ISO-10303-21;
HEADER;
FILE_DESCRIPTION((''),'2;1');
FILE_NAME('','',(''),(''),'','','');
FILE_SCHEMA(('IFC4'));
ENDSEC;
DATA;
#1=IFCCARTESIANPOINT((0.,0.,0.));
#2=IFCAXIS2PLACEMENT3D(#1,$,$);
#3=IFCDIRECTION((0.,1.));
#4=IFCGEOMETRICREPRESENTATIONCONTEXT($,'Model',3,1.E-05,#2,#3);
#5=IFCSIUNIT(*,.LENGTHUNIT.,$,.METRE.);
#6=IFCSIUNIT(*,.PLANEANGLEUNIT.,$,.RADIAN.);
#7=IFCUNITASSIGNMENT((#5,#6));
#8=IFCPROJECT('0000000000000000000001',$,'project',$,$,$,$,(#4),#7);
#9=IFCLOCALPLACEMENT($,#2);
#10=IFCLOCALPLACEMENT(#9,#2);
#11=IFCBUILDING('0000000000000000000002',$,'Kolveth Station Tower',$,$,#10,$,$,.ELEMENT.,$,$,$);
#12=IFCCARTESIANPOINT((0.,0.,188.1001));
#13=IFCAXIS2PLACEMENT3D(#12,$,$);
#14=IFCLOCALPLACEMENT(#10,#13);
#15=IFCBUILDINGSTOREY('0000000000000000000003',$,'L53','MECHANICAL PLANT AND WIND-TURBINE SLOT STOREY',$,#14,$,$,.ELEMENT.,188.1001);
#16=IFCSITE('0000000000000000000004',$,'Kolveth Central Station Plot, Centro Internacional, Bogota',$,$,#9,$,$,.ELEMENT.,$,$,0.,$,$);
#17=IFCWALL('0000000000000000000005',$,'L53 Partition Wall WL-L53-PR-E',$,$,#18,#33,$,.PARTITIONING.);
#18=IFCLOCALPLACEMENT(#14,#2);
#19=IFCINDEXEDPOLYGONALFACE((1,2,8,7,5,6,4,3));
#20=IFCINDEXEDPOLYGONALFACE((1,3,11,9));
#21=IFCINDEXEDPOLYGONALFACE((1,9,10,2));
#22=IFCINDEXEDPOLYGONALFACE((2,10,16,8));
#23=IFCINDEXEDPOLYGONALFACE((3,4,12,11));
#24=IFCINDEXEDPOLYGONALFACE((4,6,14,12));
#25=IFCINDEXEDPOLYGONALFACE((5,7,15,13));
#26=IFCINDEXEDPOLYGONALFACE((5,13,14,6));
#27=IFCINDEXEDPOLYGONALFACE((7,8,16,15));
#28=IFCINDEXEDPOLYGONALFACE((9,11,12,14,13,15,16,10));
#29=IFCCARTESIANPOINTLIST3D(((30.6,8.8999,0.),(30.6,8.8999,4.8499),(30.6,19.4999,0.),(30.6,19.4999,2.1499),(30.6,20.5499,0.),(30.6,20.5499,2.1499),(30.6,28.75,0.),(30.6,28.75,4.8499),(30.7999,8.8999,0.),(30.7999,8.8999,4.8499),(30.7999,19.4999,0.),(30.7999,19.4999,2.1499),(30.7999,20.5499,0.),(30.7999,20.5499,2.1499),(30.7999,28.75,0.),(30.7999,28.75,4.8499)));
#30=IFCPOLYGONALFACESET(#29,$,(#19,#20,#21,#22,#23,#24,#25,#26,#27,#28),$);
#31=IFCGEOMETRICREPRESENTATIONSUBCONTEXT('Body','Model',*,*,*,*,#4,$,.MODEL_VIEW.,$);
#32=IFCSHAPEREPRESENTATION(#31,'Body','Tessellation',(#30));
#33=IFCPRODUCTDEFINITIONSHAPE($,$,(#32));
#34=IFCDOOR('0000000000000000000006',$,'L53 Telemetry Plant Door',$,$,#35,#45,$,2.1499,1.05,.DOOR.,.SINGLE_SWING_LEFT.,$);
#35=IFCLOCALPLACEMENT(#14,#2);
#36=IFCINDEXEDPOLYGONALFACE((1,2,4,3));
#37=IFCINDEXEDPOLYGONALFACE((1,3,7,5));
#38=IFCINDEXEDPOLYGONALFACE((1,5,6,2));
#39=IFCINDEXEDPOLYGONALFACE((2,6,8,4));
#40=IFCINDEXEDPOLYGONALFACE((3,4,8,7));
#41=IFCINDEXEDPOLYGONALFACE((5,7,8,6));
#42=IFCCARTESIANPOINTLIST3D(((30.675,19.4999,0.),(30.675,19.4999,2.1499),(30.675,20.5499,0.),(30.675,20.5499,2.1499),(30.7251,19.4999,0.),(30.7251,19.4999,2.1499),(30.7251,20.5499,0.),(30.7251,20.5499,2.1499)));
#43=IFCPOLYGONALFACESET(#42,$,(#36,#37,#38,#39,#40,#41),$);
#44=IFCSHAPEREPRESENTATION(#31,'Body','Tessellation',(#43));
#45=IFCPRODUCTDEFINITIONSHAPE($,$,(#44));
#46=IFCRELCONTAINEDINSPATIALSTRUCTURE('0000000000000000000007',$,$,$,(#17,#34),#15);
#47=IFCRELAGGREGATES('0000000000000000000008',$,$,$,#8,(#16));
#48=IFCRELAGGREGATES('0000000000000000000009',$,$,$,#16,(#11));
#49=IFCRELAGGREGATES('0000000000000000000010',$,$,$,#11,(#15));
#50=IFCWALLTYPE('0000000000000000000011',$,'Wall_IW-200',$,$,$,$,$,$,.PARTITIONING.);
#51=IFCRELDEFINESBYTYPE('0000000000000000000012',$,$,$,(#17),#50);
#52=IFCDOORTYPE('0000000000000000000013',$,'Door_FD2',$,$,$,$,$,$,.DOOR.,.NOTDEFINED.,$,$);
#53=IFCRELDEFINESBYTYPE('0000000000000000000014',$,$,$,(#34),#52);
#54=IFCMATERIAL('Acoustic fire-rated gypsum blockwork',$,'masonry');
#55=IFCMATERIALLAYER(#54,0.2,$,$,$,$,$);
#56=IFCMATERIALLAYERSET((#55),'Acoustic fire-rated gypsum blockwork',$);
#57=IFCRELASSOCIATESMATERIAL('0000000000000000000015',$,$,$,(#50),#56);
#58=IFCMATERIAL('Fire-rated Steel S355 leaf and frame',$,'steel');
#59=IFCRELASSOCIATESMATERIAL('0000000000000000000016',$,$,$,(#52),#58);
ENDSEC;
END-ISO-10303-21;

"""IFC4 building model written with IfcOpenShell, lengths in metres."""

from ifc_helpers import new_model, si_unit, direction, frame, frame_2d, origin, place, context, subcontext, project, spatial, rectangle, extrude, material, layer, layer_set, type_object, element, fill, save


model = new_model("IFC4")

# Units and contexts
model_context = context("Model", 3, precision=1e-05, world=origin(), true_north=direction((0.0, 1.0)))
body_context = subcontext(model_context, "Body", "Model", "MODEL_VIEW")
ifc_project = project(units=[si_unit("LENGTHUNIT", "METRE"), si_unit("PLANEANGLEUNIT", "RADIAN")], contexts=[model_context])

# Site, building, storey
site_placement = place(None, origin())
site = spatial("IfcSite", under=ifc_project, at=site_placement, Name="Kolveth Central Station Plot, Centro Internacional, Bogota", CompositionType="ELEMENT", RefElevation=0.0)
building_placement = place(site_placement, origin())
building = spatial("IfcBuilding", under=site, at=building_placement, Name="Kolveth Station Tower", CompositionType="ELEMENT")
storey_placement = place(building_placement, frame((0.0, 0.0, 188.1001)))
storey = spatial("IfcBuildingStorey", under=building, at=storey_placement, Name="L53", Description="MECHANICAL PLANT AND WIND-TURBINE SLOT STOREY", CompositionType="ELEMENT", Elevation=188.1001)

# Shared definitions
ifc_material_1 = material(Name="Fire-rated Steel S355 leaf and frame", Category="steel")

# Shared definitions
ifc_material_2 = material(Name="Acoustic fire-rated gypsum blockwork", Category="masonry")
ifc_layer_1 = layer(ifc_material_2, 0.2)
ifc_layer_set_1 = layer_set([ifc_layer_1], Name="Acoustic fire-rated gypsum blockwork")
wall_type_1 = type_object("IfcWallType", Name="Wall_IW-200", PredefinedType="PARTITIONING", material=ifc_layer_set_1)

# Wall, opening, door
wall_1_placement = place(storey_placement, frame((30.7, 8.8999, 0.0), z_axis=(0.0, 0.0, 1.0), x_axis=(0.0, 1.0, 0.0)))
wall_1 = element("IfcWall", 1, at=wall_1_placement, inside=storey, type_object=wall_type_1, Name="L53 Partition Wall WL-L53-PR-E", PredefinedType="PARTITIONING", context=body_context, shape_type="SweptSolid", body=[
    extrude(rectangle(XDim=19.8501, YDim=0.2, at=frame_2d((9.925, 0.0))), origin(), (0.0, 0.0, 1.0), 4.8499),
])
opening_1_placement = place(wall_1_placement, frame((10.6001, 0.0, 0.0)))
opening_1 = element("IfcOpeningElement", 2, at=opening_1_placement, cuts=wall_1, PredefinedType="OPENING", context=body_context, shape_type="SweptSolid", body=[
    extrude(rectangle(XDim=1.05, YDim=2.1499, at=frame_2d((0.5249, 1.075))), frame((0.0, 0.1099, 0.0), z_axis=(0.0, -1.0, 0.0), x_axis=(1.0, 0.0, 0.0)), (0.0, 0.0, 1.0), 0.22),
])
door_type_1 = type_object("IfcDoorType", Name="Door_FD2", OperationType="NOTDEFINED", PredefinedType="DOOR", material=ifc_material_1)
door_1_placement = place(opening_1_placement, origin())
door_1 = element("IfcDoor", 3, at=door_1_placement, inside=storey, type_object=door_type_1, Name="L53 Telemetry Plant Door", OperationType="SINGLE_SWING_LEFT", OverallHeight=2.1499, OverallWidth=1.05, PredefinedType="DOOR", context=body_context, shape_type="SweptSolid", body=[
    extrude(rectangle(XDim=1.05, YDim=2.1499, at=frame_2d((0.5249, 1.075))), frame((0.0, 0.0249, 0.0), z_axis=(0.0, -1.0, 0.0), x_axis=(1.0, 0.0, 0.0)), (0.0, 0.0, 1.0), 0.05),
])
fill(opening_1, door_1)

save(model, "model.ifc")
